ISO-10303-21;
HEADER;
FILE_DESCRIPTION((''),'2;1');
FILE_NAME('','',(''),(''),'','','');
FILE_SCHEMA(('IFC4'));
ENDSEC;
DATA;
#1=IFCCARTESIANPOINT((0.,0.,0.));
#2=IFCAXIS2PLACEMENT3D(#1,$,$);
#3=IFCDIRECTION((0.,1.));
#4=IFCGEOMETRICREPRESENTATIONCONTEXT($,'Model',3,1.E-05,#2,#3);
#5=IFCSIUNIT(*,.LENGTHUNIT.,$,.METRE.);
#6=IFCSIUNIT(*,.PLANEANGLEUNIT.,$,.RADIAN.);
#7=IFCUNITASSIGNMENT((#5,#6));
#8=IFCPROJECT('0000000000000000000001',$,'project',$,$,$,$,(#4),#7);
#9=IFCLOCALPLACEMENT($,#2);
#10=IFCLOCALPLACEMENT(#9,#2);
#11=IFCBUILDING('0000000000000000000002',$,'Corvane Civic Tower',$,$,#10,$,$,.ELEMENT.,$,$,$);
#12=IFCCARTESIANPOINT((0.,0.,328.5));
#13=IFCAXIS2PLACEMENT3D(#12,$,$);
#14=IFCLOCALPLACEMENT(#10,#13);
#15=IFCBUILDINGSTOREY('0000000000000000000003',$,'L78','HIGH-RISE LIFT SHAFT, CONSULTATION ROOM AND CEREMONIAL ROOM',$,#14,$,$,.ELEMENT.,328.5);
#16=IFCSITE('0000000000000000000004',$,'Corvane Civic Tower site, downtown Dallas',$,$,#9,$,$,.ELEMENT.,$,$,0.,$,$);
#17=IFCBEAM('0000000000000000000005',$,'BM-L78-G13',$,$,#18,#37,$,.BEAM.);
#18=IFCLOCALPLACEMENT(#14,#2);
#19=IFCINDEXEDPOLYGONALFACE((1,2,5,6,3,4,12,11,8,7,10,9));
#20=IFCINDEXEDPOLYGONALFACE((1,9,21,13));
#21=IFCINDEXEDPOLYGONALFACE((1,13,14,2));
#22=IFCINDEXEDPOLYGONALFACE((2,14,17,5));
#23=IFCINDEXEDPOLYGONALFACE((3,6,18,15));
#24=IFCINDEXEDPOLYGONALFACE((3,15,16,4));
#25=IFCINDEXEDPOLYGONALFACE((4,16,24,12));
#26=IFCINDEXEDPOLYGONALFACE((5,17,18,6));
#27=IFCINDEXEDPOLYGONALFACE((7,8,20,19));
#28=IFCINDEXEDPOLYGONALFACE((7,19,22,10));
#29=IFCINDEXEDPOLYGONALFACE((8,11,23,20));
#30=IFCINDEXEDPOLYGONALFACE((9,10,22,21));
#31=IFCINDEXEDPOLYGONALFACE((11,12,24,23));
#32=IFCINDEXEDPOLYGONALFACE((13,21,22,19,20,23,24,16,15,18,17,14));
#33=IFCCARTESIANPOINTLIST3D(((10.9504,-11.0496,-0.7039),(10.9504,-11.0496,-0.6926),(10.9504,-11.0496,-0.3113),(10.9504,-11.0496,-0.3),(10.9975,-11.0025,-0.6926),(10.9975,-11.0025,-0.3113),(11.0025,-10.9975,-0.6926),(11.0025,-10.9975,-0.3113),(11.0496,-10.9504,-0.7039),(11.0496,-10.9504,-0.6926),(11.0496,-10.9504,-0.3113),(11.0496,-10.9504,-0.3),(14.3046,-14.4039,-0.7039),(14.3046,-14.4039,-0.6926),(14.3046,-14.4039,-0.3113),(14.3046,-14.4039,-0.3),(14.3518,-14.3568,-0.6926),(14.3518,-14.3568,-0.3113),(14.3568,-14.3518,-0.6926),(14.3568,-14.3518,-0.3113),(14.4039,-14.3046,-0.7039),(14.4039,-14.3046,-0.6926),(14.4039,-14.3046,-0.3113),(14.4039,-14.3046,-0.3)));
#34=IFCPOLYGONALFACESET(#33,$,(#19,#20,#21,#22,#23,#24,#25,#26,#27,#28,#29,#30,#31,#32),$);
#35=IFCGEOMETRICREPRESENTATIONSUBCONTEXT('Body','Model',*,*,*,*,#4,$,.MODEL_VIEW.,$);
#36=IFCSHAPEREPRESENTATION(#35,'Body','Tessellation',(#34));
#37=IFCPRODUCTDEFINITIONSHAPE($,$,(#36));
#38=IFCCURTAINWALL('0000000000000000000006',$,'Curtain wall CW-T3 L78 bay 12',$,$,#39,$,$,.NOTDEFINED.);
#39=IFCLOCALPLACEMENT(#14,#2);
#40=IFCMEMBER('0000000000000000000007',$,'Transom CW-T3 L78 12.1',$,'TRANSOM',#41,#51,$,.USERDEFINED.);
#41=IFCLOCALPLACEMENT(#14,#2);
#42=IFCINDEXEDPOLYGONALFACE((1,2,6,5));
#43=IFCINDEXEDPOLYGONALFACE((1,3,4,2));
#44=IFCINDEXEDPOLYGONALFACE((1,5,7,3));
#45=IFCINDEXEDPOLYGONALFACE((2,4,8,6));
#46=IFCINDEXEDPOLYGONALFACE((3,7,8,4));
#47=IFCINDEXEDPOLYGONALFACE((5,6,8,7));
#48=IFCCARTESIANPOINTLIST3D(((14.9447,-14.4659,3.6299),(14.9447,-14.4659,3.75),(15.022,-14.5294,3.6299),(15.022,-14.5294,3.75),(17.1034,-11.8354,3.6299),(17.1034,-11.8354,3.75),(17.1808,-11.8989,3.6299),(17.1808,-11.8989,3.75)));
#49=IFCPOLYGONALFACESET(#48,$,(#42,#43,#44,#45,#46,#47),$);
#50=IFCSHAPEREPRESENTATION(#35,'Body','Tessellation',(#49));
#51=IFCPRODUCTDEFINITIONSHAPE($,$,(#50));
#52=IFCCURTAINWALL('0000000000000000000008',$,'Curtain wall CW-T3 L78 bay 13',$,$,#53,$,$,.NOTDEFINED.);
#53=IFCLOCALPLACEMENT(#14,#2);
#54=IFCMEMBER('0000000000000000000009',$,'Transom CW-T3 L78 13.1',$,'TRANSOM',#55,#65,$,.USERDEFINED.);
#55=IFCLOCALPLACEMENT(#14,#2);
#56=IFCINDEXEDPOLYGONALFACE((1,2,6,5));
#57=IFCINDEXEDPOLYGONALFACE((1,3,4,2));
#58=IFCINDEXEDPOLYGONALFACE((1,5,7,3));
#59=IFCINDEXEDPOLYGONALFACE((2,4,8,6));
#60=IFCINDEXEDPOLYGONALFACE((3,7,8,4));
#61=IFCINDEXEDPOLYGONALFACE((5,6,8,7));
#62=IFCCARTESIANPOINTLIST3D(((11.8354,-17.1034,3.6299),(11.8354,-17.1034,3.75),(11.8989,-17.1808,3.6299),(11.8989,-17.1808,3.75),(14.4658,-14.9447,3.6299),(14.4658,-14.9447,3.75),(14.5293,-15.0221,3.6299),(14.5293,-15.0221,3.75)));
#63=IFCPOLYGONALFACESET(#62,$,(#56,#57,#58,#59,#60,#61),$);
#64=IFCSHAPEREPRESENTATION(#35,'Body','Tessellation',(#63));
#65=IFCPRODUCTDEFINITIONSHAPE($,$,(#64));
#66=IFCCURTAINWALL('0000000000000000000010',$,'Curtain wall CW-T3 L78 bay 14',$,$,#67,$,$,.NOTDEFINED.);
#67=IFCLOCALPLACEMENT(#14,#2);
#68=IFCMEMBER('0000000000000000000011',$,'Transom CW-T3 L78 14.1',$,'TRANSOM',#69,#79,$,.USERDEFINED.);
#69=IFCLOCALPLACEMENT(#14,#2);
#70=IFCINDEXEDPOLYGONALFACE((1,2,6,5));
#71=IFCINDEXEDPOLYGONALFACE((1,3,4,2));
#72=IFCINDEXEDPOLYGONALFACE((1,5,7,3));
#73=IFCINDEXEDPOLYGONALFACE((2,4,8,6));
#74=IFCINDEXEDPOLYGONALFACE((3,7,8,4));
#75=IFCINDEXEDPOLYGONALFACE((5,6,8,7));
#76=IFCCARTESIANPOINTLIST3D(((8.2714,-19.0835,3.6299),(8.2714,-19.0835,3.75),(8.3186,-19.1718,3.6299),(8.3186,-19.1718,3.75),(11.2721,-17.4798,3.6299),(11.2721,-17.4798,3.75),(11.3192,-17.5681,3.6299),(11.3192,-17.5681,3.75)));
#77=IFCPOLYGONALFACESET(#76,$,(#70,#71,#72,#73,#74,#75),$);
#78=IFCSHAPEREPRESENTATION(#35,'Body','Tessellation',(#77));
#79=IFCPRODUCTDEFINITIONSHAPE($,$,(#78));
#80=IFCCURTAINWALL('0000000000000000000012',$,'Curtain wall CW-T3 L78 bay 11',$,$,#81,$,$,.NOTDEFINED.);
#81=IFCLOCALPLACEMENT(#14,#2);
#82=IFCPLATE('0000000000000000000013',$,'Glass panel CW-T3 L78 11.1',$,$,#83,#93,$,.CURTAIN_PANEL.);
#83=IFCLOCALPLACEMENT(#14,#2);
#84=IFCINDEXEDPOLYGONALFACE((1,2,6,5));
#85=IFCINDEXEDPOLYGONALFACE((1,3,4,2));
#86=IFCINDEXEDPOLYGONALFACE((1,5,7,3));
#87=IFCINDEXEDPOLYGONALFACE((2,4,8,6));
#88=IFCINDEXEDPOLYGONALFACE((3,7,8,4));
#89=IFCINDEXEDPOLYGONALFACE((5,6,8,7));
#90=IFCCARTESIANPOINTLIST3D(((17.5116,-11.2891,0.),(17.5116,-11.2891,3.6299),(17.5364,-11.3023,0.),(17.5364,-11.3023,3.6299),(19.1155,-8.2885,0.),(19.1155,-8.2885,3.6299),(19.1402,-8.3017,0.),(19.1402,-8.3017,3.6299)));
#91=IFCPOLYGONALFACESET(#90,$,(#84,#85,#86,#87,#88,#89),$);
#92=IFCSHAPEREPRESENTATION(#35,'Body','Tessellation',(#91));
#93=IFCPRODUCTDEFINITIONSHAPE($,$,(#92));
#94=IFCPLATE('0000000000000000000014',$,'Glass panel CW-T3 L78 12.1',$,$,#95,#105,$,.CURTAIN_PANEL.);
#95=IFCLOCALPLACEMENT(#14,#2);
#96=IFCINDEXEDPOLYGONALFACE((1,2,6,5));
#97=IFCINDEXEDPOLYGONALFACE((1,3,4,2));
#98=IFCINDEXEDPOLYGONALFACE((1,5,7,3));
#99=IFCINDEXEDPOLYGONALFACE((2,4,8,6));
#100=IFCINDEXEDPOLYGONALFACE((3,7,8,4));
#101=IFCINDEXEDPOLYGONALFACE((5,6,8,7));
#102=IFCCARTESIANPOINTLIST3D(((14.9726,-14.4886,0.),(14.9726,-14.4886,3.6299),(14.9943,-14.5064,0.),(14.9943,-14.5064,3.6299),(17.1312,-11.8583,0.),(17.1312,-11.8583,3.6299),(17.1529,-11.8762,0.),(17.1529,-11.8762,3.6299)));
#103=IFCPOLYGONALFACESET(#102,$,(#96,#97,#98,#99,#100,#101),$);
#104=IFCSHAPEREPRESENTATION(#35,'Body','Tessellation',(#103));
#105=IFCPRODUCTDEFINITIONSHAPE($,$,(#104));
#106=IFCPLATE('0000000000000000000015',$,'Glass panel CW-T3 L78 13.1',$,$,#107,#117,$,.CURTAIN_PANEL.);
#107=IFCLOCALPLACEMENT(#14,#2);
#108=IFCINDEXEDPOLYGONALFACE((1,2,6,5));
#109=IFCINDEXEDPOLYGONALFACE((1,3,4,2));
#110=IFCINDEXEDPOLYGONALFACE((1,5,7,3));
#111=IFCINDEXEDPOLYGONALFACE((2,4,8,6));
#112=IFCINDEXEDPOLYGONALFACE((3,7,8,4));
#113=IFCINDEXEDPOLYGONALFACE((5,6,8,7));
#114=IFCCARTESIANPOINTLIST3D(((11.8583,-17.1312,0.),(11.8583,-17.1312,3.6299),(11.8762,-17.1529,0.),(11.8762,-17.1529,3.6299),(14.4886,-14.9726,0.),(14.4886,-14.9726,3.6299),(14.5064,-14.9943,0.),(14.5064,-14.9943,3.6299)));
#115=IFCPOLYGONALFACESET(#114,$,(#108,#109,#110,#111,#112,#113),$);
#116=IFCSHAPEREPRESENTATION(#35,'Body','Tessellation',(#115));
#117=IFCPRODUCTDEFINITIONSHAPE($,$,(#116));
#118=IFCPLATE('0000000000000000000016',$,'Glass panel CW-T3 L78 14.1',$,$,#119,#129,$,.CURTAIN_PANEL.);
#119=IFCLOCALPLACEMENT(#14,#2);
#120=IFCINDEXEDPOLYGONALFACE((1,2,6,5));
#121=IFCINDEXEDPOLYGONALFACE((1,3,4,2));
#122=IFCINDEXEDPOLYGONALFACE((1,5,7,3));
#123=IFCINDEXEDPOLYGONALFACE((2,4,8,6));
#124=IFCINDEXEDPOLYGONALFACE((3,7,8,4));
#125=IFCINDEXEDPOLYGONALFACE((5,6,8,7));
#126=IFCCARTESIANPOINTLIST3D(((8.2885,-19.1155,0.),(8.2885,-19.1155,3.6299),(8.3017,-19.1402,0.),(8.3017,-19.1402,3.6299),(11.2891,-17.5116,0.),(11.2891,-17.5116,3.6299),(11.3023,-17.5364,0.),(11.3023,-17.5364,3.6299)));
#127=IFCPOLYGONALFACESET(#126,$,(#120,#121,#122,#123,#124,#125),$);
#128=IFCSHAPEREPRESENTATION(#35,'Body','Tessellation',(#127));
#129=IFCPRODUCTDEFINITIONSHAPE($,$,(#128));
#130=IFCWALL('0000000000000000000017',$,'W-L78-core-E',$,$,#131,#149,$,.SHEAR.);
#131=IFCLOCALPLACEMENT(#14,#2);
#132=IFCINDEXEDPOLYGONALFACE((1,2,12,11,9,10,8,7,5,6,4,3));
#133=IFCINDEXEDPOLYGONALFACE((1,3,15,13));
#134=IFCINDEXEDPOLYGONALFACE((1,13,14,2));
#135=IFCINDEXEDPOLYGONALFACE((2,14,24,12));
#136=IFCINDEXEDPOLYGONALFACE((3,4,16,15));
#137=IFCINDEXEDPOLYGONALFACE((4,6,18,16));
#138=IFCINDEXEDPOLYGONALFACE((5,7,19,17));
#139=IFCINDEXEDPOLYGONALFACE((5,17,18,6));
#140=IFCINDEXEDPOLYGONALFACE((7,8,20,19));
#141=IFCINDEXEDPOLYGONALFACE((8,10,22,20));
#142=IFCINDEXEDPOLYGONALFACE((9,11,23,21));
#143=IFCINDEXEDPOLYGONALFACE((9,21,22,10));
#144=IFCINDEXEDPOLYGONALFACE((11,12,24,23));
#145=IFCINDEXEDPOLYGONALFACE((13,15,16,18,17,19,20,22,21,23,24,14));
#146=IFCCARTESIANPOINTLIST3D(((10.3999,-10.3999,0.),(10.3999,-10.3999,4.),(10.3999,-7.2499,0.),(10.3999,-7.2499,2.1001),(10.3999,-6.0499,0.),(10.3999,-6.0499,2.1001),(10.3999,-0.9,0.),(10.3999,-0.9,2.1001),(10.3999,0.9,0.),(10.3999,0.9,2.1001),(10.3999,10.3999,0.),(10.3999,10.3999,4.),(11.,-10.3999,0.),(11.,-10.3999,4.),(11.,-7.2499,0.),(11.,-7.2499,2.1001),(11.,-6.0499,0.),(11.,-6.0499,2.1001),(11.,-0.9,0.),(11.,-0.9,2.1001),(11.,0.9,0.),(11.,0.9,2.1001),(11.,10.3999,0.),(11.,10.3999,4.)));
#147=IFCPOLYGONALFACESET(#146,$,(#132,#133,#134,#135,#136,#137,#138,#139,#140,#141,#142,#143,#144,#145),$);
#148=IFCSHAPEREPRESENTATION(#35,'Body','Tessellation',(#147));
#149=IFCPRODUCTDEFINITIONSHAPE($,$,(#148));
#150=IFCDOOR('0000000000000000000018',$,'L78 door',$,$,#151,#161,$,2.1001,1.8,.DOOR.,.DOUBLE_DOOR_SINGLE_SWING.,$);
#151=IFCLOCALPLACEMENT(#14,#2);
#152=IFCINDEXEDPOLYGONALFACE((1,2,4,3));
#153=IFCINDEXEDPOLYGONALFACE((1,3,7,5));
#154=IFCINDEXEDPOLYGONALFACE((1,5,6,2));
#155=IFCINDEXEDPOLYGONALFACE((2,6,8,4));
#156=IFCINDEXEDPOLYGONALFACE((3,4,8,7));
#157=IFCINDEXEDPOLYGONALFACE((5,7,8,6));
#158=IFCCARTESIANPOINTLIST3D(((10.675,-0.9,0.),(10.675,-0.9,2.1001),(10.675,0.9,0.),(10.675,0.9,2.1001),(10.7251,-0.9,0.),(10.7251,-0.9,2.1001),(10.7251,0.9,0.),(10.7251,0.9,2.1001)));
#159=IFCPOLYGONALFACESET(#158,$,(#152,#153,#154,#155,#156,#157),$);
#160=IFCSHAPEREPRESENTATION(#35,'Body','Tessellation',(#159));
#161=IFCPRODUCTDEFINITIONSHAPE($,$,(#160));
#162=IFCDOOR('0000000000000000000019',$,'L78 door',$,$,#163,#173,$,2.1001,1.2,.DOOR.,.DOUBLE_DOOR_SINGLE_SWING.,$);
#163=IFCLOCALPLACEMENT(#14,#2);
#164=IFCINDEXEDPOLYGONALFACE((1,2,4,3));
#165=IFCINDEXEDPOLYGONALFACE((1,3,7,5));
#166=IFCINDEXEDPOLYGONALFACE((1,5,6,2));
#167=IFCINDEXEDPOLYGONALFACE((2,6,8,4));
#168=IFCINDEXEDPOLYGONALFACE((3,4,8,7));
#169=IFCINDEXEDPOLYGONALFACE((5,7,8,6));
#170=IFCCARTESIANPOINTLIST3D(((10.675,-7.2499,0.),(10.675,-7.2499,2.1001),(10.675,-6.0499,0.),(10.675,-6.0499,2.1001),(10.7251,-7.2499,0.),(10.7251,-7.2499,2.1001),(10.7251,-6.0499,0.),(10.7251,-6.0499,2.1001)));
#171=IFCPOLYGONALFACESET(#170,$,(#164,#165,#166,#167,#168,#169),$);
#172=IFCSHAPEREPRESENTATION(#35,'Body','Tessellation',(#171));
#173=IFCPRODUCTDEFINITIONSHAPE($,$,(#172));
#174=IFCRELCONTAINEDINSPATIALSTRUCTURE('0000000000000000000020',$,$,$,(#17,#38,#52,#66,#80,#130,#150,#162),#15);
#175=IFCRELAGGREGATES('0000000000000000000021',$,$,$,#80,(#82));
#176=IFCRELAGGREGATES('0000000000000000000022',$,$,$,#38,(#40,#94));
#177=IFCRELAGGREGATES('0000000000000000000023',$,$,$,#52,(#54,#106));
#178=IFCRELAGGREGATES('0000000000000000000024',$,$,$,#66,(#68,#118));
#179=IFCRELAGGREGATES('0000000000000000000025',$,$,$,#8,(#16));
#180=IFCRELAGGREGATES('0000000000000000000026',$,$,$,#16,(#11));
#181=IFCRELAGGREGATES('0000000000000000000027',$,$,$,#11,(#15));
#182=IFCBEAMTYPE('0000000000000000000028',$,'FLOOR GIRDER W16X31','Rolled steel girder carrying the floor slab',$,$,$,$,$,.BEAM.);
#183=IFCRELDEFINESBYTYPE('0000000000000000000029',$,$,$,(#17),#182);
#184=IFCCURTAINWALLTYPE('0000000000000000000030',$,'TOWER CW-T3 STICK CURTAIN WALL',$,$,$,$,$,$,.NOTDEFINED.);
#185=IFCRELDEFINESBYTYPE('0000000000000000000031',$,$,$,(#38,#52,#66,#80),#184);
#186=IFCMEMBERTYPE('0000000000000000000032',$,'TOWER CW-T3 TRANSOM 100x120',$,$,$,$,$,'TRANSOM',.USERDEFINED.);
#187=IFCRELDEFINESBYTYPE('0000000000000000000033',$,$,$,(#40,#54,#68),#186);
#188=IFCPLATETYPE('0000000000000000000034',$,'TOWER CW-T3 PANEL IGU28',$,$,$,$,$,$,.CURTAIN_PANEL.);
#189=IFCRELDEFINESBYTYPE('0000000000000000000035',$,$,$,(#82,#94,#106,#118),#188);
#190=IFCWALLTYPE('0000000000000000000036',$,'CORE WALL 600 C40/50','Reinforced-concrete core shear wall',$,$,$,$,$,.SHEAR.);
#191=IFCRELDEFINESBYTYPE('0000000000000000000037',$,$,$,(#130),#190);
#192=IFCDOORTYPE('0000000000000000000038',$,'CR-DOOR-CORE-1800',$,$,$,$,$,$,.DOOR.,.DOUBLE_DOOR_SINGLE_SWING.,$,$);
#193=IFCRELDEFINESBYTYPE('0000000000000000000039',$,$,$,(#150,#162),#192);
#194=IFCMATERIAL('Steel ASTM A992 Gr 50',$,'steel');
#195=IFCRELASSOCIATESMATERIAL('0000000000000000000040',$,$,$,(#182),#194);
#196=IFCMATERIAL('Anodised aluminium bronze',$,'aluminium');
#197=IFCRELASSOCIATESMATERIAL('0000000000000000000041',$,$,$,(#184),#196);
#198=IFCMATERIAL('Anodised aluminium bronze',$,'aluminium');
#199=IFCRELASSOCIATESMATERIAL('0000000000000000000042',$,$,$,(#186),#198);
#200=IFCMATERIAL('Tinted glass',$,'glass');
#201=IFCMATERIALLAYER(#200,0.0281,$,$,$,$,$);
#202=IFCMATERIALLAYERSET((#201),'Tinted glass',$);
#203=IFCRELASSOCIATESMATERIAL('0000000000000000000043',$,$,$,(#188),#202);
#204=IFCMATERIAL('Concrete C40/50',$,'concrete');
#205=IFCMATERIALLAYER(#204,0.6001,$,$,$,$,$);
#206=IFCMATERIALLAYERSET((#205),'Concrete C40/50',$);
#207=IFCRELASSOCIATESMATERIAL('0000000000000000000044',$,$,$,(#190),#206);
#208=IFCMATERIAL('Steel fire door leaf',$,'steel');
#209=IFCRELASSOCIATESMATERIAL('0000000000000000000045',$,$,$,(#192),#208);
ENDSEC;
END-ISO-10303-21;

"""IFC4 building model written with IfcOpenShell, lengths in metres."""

from ifc_helpers import new_model, si_unit, direction, frame, frame_2d, origin, origin_2d, place, context, subcontext, project, spatial, rectangle, i_section, extrude, material, layer, layer_set, material_profile, profile_set, type_object, element, fill, aggregate, save


model = new_model("IFC4")

# Units and contexts
model_context = context("Model", 3, precision=1e-05, world=origin(), true_north=direction((0.0, 1.0)))
body_context = subcontext(model_context, "Body", "Model", "MODEL_VIEW")
ifc_project = project(units=[si_unit("LENGTHUNIT", "METRE"), si_unit("PLANEANGLEUNIT", "RADIAN")], contexts=[model_context])

# Site, building, storey
site_placement = place(None, origin())
site = spatial("IfcSite", under=ifc_project, at=site_placement, Name="Corvane Civic Tower site, downtown Dallas", CompositionType="ELEMENT", RefElevation=0.0)
building_placement = place(site_placement, origin())
building = spatial("IfcBuilding", under=site, at=building_placement, Name="Corvane Civic Tower", CompositionType="ELEMENT")
storey_placement = place(building_placement, frame((0.0, 0.0, 328.5)))
storey = spatial("IfcBuildingStorey", under=building, at=storey_placement, Name="L78", Description="HIGH-RISE LIFT SHAFT, CONSULTATION ROOM AND CEREMONIAL ROOM", CompositionType="ELEMENT", Elevation=328.5)

# Beam
ifc_material_1 = material(Name="Steel ASTM A992 Gr 50", Category="steel")
ifc_material_profile_1 = material_profile(ifc_material_1, i_section(OverallWidth=0.1404, OverallDepth=0.4038, WebThickness=0.0071, FlangeThickness=0.0112, at=origin_2d()), Name="W16X31")
ifc_profile_set_1 = profile_set([ifc_material_profile_1], Name="Steel ASTM A992 Gr 50")
beam_type_1 = type_object("IfcBeamType", Name="FLOOR GIRDER W16X31", Description="Rolled steel girder carrying the floor slab", PredefinedType="BEAM", material=ifc_profile_set_1)
beam_placement = place(storey_placement, frame((11.0, -11.0, -0.502), z_axis=(0.707107, -0.707107, 0.0), x_axis=(0.707107, 0.707107, 0.0)))
element("IfcBeam", 1, at=beam_placement, inside=storey, type_object=beam_type_1, Name="BM-L78-G13", PredefinedType="BEAM", context=body_context, shape_type="SweptSolid", body=[
    extrude(i_section(OverallWidth=0.1404, OverallDepth=0.4038, WebThickness=0.0071, FlangeThickness=0.0112, at=origin_2d()), origin(), (0.0, 0.0, 1.0), 4.7437),
])

# Curtain walls, members
ifc_material_2 = material(Name="Anodised aluminium bronze", Category="aluminium")
curtain_wall_type = type_object("IfcCurtainWallType", Name="TOWER CW-T3 STICK CURTAIN WALL", PredefinedType="NOTDEFINED", material=ifc_material_2)
curtain_wall_1_placement = place(storey_placement, origin())
curtain_wall_1 = element("IfcCurtainWall", 2, at=curtain_wall_1_placement, inside=storey, type_object=curtain_wall_type, Name="Curtain wall CW-T3 L78 bay 12", PredefinedType="NOTDEFINED")
ifc_material_3 = material(Name="Anodised aluminium bronze", Category="aluminium")
ifc_material_profile_2 = material_profile(ifc_material_3, rectangle(XDim=0.1001, YDim=0.1201, at=origin_2d()), Name="TOWER CW-T3 TRANSOM 100x120")
ifc_profile_set_2 = profile_set([ifc_material_profile_2], Name="Anodised aluminium bronze")
member_type = type_object("IfcMemberType", Name="TOWER CW-T3 TRANSOM 100x120", ElementType="TRANSOM", PredefinedType="USERDEFINED", material=ifc_profile_set_2)
member_1_placement = place(storey_placement, frame((17.1421, -11.8672, 3.6899), z_axis=(-0.634394, -0.77301, 0.0), x_axis=(0.77301, -0.634394, 0.0)))
member_1 = element("IfcMember", 3, at=member_1_placement, type_object=member_type, Name="Transom CW-T3 L78 12.1", ObjectType="TRANSOM", PredefinedType="USERDEFINED", context=body_context, shape_type="SweptSolid", body=[
    extrude(rectangle(XDim=0.1001, YDim=0.1201, at=origin_2d()), origin(), (0.0, 0.0, 1.0), 3.4028),
])
curtain_wall_2_placement = place(storey_placement, origin())
curtain_wall_2 = element("IfcCurtainWall", 4, at=curtain_wall_2_placement, inside=storey, type_object=curtain_wall_type, Name="Curtain wall CW-T3 L78 bay 13", PredefinedType="NOTDEFINED")
member_2_placement = place(storey_placement, frame((14.4976, -14.9834, 3.6899), z_axis=(-0.77301, -0.634394, 0.0), x_axis=(0.634394, -0.77301, 0.0)))
member_2 = element("IfcMember", 5, at=member_2_placement, type_object=member_type, Name="Transom CW-T3 L78 13.1", ObjectType="TRANSOM", PredefinedType="USERDEFINED", context=body_context, shape_type="SweptSolid", body=[
    extrude(rectangle(XDim=0.1001, YDim=0.1201, at=origin_2d()), origin(), (0.0, 0.0, 1.0), 3.4028),
])
curtain_wall_3_placement = place(storey_placement, origin())
curtain_wall_3 = element("IfcCurtainWall", 6, at=curtain_wall_3_placement, inside=storey, type_object=curtain_wall_type, Name="Curtain wall CW-T3 L78 bay 14", PredefinedType="NOTDEFINED")
member_3_placement = place(storey_placement, frame((11.2957, -17.5239, 3.6899), z_axis=(-0.881941, -0.471359, 0.0), x_axis=(0.471359, -0.881941, 0.0)))
member_3 = element("IfcMember", 7, at=member_3_placement, type_object=member_type, Name="Transom CW-T3 L78 14.1", ObjectType="TRANSOM", PredefinedType="USERDEFINED", context=body_context, shape_type="SweptSolid", body=[
    extrude(rectangle(XDim=0.1001, YDim=0.1201, at=origin_2d()), origin(), (0.0, 0.0, 1.0), 3.4023),
])

# Curtain wall, plate
curtain_wall_4_placement = place(storey_placement, origin())
curtain_wall_4 = element("IfcCurtainWall", 8, at=curtain_wall_4_placement, inside=storey, type_object=curtain_wall_type, Name="Curtain wall CW-T3 L78 bay 11", PredefinedType="NOTDEFINED")
ifc_material_4 = material(Name="Tinted glass", Category="glass")
ifc_layer_1 = layer(ifc_material_4, 0.0281)
ifc_layer_set_1 = layer_set([ifc_layer_1], Name="Tinted glass")
plate_type = type_object("IfcPlateType", Name="TOWER CW-T3 PANEL IGU28", PredefinedType="CURTAIN_PANEL", material=ifc_layer_set_1)
plate_1_placement = place(storey_placement, frame((18.3259, -9.7954, 0.0), z_axis=(0.0, 0.0, 1.0), x_axis=(-0.471384, -0.881928, 0.0)))
plate_1 = element("IfcPlate", 9, at=plate_1_placement, type_object=plate_type, Name="Glass panel CW-T3 L78 11.1", PredefinedType="CURTAIN_PANEL", context=body_context, shape_type="SweptSolid", body=[
    extrude(rectangle(XDim=3.4023, YDim=0.0281, at=origin_2d()), origin(), (0.0, 0.0, 1.0), 3.6299),
])
aggregate(curtain_wall_4, [plate_1])

# Plates
plate_2_placement = place(storey_placement, frame((16.0627, -13.1824, 0.0), z_axis=(0.0, 0.0, 1.0), x_axis=(-0.634393, -0.77301, 0.0)))
plate_2 = element("IfcPlate", 10, at=plate_2_placement, type_object=plate_type, Name="Glass panel CW-T3 L78 12.1", PredefinedType="CURTAIN_PANEL", context=body_context, shape_type="SweptSolid", body=[
    extrude(rectangle(XDim=3.4026, YDim=0.0281, at=origin_2d()), origin(), (0.0, 0.0, 1.0), 3.6299),
])
aggregate(curtain_wall_1, [member_1, plate_2])
plate_3_placement = place(storey_placement, frame((13.1824, -16.0627, 0.0), z_axis=(0.0, 0.0, 1.0), x_axis=(-0.77301, -0.634393, 0.0)))
plate_3 = element("IfcPlate", 11, at=plate_3_placement, type_object=plate_type, Name="Glass panel CW-T3 L78 13.1", PredefinedType="CURTAIN_PANEL", context=body_context, shape_type="SweptSolid", body=[
    extrude(rectangle(XDim=3.4026, YDim=0.0281, at=origin_2d()), origin(), (0.0, 0.0, 1.0), 3.6299),
])
aggregate(curtain_wall_2, [member_2, plate_3])
plate_4_placement = place(storey_placement, frame((9.7954, -18.3259, 0.0), z_axis=(0.0, 0.0, 1.0), x_axis=(-0.881928, -0.471384, 0.0)))
plate_4 = element("IfcPlate", 12, at=plate_4_placement, type_object=plate_type, Name="Glass panel CW-T3 L78 14.1", PredefinedType="CURTAIN_PANEL", context=body_context, shape_type="SweptSolid", body=[
    extrude(rectangle(XDim=3.4023, YDim=0.0281, at=origin_2d()), origin(), (0.0, 0.0, 1.0), 3.6299),
])
aggregate(curtain_wall_3, [member_3, plate_4])

# Wall, openings, doors
ifc_material_5 = material(Name="Concrete C40/50", Category="concrete")
ifc_layer_2 = layer(ifc_material_5, 0.6001)
ifc_layer_set_2 = layer_set([ifc_layer_2], Name="Concrete C40/50")
wall_type_1 = type_object("IfcWallType", Name="CORE WALL 600 C40/50", Description="Reinforced-concrete core shear wall", PredefinedType="SHEAR", material=ifc_layer_set_2)
wall_1_placement = place(storey_placement, frame((10.7, -10.3999, 0.0), z_axis=(0.0, 0.0, 1.0), x_axis=(0.0, 1.0, 0.0)))
wall_1 = element("IfcWall", 13, at=wall_1_placement, inside=storey, type_object=wall_type_1, Name="W-L78-core-E", PredefinedType="SHEAR", context=body_context, shape_type="SweptSolid", body=[
    extrude(rectangle(XDim=20.7998, YDim=0.6001, at=frame_2d((10.3999, 0.0))), origin(), (0.0, 0.0, 1.0), 4.0),
])
opening_1_placement = place(wall_1_placement, frame((9.5, 0.0, 0.0)))
opening_1 = element("IfcOpeningElement", 14, at=opening_1_placement, cuts=wall_1, PredefinedType="OPENING", context=body_context, shape_type="SweptSolid", body=[
    extrude(rectangle(XDim=1.8, YDim=2.1001, at=frame_2d((0.8999, 1.05))), frame((0.0, 0.3101, 0.0), z_axis=(0.0, -1.0, 0.0), x_axis=(1.0, 0.0, 0.0)), (0.0, 0.0, 1.0), 0.6201),
])
opening_2_placement = place(wall_1_placement, frame((3.1499, 0.0, 0.0)))
opening_2 = element("IfcOpeningElement", 15, at=opening_2_placement, cuts=wall_1, PredefinedType="OPENING", context=body_context, shape_type="SweptSolid", body=[
    extrude(rectangle(XDim=1.2, YDim=2.1001, at=frame_2d((0.6001, 1.05))), frame((0.0, 0.3101, 0.0), z_axis=(0.0, -1.0, 0.0), x_axis=(1.0, 0.0, 0.0)), (0.0, 0.0, 1.0), 0.6201),
])
ifc_material_6 = material(Name="Steel fire door leaf", Category="steel")
door_type_1 = type_object("IfcDoorType", Name="CR-DOOR-CORE-1800", OperationType="DOUBLE_DOOR_SINGLE_SWING", PredefinedType="DOOR", material=ifc_material_6)
door_1_placement = place(opening_1_placement, origin())
door_1 = element("IfcDoor", 16, at=door_1_placement, inside=storey, type_object=door_type_1, Name="L78 door", OperationType="DOUBLE_DOOR_SINGLE_SWING", OverallHeight=2.1001, OverallWidth=1.8, PredefinedType="DOOR", context=body_context, shape_type="SweptSolid", body=[
    extrude(rectangle(XDim=1.8, YDim=2.1001, at=frame_2d((0.8999, 1.05))), frame((0.0, 0.0249, 0.0), z_axis=(0.0, -1.0, 0.0), x_axis=(1.0, 0.0, 0.0)), (0.0, 0.0, 1.0), 0.05),
])
fill(opening_1, door_1)
door_2_placement = place(opening_2_placement, origin())
door_2 = element("IfcDoor", 17, at=door_2_placement, inside=storey, type_object=door_type_1, Name="L78 door", OperationType="DOUBLE_DOOR_SINGLE_SWING", OverallHeight=2.1001, OverallWidth=1.2, PredefinedType="DOOR", context=body_context, shape_type="SweptSolid", body=[
    extrude(rectangle(XDim=1.2, YDim=2.1001, at=frame_2d((0.6001, 1.05))), frame((0.0, 0.0249, 0.0), z_axis=(0.0, -1.0, 0.0), x_axis=(1.0, 0.0, 0.0)), (0.0, 0.0, 1.0), 0.05),
])
fill(opening_2, door_2)

save(model, "model.ifc")
